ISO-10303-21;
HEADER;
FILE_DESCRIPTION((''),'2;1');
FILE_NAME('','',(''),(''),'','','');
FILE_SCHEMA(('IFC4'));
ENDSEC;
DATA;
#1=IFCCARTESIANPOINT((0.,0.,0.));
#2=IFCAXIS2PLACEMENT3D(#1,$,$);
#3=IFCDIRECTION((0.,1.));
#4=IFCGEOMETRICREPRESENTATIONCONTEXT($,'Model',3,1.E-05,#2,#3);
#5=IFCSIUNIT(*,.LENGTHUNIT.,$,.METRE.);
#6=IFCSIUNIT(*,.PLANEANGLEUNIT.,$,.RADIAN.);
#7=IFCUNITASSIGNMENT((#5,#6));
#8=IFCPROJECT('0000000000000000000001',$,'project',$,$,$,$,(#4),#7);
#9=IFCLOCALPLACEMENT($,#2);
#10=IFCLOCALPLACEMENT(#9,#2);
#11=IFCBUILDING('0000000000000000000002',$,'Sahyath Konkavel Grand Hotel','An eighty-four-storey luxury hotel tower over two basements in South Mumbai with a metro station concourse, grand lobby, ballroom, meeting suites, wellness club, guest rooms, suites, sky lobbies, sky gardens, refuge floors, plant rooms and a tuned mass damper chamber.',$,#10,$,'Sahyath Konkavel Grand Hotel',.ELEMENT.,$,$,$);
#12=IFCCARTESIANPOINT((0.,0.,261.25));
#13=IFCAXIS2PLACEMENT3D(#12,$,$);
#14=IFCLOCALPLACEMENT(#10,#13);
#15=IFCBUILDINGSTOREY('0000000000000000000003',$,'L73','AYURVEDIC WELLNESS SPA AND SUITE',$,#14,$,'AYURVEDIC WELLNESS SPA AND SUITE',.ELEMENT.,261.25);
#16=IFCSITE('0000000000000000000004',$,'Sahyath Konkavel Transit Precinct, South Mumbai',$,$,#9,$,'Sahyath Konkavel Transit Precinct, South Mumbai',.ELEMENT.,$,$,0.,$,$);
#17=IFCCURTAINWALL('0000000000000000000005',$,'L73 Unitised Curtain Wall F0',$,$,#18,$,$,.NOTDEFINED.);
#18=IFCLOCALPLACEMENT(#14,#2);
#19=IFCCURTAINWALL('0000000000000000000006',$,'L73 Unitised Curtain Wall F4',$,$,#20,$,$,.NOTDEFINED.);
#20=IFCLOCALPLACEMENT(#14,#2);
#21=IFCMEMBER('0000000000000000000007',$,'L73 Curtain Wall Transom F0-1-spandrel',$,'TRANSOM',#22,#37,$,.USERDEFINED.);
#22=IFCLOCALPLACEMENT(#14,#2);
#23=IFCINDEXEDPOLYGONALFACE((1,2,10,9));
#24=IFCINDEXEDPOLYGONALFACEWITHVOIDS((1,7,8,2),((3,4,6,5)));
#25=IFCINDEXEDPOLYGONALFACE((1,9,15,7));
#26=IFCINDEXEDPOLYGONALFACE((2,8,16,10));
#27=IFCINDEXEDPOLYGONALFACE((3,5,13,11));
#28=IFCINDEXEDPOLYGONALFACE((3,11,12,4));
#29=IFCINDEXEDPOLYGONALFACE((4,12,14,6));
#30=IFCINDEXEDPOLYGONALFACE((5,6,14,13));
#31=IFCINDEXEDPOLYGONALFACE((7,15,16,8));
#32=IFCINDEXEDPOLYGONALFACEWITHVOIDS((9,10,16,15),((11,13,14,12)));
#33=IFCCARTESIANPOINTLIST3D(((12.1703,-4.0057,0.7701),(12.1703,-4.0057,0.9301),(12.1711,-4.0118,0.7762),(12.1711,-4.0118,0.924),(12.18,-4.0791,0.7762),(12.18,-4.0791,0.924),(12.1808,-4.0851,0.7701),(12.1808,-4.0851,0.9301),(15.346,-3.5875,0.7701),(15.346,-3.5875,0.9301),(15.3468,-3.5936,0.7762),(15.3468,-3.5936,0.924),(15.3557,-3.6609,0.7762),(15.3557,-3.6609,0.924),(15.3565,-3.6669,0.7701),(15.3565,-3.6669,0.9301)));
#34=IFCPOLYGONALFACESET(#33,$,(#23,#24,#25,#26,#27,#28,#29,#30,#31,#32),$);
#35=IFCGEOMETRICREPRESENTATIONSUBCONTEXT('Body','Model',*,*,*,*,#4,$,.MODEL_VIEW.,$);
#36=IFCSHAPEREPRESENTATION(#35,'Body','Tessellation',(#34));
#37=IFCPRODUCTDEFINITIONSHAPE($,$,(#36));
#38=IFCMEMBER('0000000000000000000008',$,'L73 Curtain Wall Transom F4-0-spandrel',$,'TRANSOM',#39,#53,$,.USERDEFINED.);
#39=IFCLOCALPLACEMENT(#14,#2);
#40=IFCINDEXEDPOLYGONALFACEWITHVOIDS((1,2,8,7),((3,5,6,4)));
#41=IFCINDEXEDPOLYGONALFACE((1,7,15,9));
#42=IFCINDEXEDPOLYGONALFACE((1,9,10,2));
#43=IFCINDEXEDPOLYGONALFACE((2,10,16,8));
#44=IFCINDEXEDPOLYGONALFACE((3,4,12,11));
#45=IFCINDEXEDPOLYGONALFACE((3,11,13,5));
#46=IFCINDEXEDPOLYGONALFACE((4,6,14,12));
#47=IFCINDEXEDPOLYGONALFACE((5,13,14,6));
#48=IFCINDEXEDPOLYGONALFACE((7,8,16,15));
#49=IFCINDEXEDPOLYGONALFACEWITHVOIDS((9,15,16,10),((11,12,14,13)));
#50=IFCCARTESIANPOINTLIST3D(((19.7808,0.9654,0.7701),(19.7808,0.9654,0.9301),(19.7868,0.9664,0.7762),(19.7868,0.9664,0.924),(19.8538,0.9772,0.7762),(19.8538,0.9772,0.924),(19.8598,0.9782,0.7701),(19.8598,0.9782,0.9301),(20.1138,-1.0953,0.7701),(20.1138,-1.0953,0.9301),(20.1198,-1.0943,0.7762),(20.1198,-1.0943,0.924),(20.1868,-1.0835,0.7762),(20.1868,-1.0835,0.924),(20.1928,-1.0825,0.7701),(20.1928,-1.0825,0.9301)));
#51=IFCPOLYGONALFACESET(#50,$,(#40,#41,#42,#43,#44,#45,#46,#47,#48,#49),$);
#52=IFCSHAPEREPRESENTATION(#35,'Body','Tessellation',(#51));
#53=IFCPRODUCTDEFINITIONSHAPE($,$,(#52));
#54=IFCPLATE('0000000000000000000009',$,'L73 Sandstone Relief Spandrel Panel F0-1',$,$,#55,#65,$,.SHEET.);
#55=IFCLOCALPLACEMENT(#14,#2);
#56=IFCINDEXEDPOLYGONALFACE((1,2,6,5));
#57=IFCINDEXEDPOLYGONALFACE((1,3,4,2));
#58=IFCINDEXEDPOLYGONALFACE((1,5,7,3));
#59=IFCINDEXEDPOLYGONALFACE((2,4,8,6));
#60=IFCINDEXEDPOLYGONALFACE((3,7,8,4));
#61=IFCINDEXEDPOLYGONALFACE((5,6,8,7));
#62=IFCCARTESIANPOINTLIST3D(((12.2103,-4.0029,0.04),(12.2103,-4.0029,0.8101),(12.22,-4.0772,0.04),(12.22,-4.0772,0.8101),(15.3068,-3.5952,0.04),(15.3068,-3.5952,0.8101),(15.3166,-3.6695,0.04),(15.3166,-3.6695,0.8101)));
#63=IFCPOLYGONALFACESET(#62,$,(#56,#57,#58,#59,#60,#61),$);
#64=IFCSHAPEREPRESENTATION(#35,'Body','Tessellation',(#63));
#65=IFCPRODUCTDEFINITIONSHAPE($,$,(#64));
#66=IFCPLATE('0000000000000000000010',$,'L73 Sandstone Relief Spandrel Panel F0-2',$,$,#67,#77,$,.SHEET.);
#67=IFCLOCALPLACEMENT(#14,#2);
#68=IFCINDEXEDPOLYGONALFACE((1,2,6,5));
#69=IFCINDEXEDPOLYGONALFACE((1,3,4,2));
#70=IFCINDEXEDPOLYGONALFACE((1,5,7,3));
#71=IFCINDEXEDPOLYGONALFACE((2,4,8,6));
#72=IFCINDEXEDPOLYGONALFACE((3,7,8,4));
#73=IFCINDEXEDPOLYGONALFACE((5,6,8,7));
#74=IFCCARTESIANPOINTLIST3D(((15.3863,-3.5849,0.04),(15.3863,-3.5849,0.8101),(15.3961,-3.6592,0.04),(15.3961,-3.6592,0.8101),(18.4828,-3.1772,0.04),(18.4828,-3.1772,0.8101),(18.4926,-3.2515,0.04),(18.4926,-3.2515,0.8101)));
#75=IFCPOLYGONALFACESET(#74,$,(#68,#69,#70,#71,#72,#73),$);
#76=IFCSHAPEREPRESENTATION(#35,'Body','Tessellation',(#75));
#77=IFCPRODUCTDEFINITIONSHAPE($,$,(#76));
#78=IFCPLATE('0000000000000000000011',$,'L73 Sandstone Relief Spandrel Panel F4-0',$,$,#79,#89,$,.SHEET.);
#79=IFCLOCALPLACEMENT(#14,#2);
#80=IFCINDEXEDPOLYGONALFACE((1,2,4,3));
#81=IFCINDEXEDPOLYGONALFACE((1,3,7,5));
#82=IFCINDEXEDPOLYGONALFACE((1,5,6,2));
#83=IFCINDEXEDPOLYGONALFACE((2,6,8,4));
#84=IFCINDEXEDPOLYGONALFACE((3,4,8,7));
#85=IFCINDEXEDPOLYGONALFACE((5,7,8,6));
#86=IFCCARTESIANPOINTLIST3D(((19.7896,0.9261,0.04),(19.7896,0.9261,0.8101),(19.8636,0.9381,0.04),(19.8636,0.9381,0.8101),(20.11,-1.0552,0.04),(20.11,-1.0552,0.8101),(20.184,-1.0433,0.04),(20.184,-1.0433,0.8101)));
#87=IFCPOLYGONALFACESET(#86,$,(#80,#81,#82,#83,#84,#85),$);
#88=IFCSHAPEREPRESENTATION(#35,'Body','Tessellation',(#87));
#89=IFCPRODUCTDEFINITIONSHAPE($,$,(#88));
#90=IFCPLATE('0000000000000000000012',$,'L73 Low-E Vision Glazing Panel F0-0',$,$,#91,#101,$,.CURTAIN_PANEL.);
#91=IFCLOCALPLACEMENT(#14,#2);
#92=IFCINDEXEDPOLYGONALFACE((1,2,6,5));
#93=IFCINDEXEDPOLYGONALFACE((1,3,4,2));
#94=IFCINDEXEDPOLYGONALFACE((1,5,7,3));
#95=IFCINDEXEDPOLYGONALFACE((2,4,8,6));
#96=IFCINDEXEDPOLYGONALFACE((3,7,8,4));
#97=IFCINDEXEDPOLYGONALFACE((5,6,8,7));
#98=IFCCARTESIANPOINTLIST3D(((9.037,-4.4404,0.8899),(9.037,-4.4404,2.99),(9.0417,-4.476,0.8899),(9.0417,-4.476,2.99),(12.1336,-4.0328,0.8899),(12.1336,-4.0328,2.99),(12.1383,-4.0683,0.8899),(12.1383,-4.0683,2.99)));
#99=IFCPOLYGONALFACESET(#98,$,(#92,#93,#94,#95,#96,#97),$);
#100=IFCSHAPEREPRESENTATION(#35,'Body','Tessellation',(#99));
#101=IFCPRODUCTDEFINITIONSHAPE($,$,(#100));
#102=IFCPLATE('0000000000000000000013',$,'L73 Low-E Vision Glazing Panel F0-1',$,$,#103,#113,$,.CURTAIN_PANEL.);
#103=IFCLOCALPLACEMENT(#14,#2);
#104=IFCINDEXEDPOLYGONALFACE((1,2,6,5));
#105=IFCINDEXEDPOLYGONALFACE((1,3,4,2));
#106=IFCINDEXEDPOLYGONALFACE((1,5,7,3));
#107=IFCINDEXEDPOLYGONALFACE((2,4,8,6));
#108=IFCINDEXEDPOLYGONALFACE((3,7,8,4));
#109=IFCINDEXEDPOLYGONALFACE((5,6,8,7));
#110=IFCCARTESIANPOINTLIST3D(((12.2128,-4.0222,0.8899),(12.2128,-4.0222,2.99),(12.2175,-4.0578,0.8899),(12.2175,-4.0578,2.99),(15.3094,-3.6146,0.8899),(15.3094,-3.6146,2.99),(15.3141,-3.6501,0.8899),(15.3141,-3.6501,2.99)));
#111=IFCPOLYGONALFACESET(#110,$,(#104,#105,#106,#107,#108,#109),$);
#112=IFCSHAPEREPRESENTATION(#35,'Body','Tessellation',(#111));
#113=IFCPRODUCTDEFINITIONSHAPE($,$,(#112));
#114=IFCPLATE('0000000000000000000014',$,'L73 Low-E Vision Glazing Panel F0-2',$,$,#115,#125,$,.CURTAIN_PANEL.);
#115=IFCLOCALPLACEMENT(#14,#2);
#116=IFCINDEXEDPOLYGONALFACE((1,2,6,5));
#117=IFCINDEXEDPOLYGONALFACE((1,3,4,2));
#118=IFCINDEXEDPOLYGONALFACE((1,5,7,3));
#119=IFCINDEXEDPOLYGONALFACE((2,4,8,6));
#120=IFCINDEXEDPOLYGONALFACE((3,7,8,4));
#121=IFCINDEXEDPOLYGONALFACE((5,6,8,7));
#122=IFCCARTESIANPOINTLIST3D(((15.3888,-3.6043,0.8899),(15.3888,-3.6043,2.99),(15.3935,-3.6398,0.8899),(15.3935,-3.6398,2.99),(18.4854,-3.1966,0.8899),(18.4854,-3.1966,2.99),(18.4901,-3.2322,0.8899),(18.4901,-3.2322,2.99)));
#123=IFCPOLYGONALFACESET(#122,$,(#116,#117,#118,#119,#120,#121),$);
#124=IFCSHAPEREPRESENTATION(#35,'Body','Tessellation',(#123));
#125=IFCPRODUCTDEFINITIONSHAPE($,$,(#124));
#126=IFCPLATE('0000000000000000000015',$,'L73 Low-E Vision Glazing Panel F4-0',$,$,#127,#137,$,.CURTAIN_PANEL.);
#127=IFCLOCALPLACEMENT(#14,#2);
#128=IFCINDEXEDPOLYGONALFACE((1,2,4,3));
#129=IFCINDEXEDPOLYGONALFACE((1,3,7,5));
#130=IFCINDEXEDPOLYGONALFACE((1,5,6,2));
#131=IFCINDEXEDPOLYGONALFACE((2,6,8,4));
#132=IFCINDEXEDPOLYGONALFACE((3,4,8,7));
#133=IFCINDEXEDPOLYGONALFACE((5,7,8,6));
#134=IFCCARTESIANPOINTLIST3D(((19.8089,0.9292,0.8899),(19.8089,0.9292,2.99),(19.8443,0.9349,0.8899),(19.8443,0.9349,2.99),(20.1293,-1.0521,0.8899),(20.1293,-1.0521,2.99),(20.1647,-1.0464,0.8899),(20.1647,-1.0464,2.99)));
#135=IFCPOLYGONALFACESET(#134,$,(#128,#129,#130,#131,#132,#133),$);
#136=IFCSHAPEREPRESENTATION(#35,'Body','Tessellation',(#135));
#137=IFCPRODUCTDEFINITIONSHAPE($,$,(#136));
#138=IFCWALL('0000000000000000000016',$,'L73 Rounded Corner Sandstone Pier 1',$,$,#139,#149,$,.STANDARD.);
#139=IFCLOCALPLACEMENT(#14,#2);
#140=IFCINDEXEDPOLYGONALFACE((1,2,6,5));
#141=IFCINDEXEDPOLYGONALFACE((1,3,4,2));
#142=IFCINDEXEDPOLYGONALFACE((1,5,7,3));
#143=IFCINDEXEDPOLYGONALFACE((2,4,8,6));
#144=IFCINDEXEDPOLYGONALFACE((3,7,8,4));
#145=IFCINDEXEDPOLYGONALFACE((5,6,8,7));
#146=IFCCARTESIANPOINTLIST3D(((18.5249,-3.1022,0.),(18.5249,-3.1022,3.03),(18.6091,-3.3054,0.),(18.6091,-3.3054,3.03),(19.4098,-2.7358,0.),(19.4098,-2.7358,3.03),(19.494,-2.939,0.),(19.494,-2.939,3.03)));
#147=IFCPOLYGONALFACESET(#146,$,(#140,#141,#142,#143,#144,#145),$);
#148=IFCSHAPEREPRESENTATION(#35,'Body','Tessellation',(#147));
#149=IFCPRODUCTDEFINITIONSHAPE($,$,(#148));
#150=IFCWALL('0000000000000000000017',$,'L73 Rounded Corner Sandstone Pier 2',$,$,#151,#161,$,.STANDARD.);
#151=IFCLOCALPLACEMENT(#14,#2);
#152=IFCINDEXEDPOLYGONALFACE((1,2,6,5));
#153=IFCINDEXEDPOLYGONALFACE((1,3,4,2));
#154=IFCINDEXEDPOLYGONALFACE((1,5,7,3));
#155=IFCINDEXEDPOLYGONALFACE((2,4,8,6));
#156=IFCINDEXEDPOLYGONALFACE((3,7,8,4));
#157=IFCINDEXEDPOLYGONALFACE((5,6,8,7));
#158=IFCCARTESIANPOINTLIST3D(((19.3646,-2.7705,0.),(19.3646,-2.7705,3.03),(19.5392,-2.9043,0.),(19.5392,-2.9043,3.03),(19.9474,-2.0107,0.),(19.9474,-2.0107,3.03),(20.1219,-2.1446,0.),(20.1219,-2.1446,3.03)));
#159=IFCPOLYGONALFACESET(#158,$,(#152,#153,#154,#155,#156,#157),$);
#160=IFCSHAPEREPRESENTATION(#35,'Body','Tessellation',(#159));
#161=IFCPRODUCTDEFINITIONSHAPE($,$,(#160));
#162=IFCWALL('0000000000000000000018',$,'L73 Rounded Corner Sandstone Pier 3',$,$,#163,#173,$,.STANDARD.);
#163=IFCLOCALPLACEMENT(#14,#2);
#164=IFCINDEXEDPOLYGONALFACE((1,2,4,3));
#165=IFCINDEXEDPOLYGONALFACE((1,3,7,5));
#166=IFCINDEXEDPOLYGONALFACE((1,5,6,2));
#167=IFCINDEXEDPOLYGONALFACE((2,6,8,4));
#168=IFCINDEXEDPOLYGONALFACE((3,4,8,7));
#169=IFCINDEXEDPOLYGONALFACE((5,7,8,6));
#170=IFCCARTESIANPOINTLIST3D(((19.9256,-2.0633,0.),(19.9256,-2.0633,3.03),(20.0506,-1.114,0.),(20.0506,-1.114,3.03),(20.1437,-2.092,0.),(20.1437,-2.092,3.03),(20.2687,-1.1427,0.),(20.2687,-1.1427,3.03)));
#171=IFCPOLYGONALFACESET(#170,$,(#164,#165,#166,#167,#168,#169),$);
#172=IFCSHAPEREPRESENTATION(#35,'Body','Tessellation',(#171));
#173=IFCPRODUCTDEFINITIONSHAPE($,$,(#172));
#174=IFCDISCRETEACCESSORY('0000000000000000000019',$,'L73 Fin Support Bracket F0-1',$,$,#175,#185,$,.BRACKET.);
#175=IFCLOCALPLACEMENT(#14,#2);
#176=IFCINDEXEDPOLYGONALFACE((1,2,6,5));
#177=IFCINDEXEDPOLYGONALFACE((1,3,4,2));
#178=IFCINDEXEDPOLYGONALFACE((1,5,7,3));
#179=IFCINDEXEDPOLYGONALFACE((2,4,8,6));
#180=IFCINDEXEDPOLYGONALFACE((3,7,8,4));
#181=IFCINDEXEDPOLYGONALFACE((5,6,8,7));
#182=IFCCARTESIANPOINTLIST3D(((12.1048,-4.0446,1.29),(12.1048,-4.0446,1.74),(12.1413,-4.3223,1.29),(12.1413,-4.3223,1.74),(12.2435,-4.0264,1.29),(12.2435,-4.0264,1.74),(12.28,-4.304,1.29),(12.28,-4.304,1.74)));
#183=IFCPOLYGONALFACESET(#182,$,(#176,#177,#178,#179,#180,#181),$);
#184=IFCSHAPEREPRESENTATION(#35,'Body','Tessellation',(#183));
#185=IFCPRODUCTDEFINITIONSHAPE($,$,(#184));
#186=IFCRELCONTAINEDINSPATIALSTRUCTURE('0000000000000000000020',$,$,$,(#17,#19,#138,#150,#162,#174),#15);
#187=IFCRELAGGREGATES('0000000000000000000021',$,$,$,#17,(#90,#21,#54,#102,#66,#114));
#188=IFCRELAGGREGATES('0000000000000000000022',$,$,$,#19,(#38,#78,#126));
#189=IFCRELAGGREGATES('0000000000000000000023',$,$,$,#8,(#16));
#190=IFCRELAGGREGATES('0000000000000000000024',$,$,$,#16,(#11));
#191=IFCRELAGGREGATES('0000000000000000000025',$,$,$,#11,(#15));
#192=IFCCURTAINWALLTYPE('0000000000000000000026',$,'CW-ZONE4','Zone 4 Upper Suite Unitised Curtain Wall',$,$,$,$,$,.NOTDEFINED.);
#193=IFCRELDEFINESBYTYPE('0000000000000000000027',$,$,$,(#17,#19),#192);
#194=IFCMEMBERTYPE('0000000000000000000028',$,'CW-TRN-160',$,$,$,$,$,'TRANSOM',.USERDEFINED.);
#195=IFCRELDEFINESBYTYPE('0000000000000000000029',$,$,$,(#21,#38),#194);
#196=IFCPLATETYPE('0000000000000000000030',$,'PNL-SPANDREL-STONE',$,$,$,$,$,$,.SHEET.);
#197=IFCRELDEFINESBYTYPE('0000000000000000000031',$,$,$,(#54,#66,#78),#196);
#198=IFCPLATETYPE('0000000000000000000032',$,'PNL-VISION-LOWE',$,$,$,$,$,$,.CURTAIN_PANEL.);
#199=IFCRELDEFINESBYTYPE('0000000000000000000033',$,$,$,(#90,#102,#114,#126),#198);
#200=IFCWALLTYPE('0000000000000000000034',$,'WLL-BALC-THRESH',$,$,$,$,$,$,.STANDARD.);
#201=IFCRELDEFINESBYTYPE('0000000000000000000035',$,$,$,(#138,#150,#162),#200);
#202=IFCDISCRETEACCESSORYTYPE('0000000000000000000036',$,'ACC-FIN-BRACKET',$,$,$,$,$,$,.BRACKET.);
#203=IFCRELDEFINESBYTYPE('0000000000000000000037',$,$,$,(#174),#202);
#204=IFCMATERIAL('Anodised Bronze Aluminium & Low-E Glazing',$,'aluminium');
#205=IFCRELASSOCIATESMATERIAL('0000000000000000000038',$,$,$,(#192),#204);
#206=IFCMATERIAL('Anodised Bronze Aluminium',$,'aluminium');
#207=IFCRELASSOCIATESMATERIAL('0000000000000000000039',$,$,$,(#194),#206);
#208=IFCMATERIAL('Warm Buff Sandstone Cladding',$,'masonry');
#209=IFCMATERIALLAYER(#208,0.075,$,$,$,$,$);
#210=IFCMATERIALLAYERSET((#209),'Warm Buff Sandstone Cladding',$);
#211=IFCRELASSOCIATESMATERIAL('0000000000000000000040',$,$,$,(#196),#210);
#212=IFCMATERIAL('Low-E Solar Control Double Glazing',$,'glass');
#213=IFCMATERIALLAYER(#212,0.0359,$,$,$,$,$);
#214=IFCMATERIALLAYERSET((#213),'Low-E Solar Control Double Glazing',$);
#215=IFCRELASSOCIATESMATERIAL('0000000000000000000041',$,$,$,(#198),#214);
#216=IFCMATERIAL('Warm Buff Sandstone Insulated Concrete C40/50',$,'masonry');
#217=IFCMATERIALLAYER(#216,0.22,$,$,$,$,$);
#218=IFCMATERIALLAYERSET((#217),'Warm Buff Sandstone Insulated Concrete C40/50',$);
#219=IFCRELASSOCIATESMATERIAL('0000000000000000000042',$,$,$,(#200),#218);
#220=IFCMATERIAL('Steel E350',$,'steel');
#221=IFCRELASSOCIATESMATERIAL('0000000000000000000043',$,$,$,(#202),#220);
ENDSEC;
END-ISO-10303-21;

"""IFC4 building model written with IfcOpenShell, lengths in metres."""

from ifc_helpers import new_model, si_unit, direction, frame, frame_2d, origin, origin_2d, place, context, subcontext, project, spatial, rectangle, hollow_rectangle, extrude, source, transform, mapped, material, layer, layer_set, material_profile, profile_set, type_object, element, aggregate, save


model = new_model("IFC4")

# Units and contexts
model_context = context("Model", 3, precision=1e-05, world=origin(), true_north=direction((0.0, 1.0)))
body_context = subcontext(model_context, "Body", "Model", "MODEL_VIEW")
ifc_project = project(units=[si_unit("LENGTHUNIT", "METRE"), si_unit("PLANEANGLEUNIT", "RADIAN")], contexts=[model_context])

# Site, building, storey
site_placement = place(None, origin())
site = spatial("IfcSite", under=ifc_project, at=site_placement, Name="Sahyath Konkavel Transit Precinct, South Mumbai", LongName="Sahyath Konkavel Transit Precinct, South Mumbai", CompositionType="ELEMENT", RefElevation=0.0)
building_placement = place(site_placement, origin())
building = spatial("IfcBuilding", under=site, at=building_placement, Name="Sahyath Konkavel Grand Hotel", Description="An eighty-four-storey luxury hotel tower over two basements in South Mumbai with a metro station concourse, grand lobby, ballroom, meeting suites, wellness club, guest rooms, suites, sky lobbies, sky gardens, refuge floors, plant rooms and a tuned mass damper chamber.", LongName="Sahyath Konkavel Grand Hotel", CompositionType="ELEMENT")
storey_placement = place(building_placement, frame((0.0, 0.0, 261.25)))
storey = spatial("IfcBuildingStorey", under=building, at=storey_placement, Name="L73", Description="AYURVEDIC WELLNESS SPA AND SUITE", LongName="AYURVEDIC WELLNESS SPA AND SUITE", CompositionType="ELEMENT", Elevation=261.25)

# Shared definitions
ifc_material_1 = material(Name="Steel E350", Category="steel")

# Curtain wall
ifc_material_2 = material(Name="Anodised Bronze Aluminium & Low-E Glazing", Category="aluminium")
curtain_wall_type = type_object("IfcCurtainWallType", Name="CW-ZONE4", Description="Zone 4 Upper Suite Unitised Curtain Wall", PredefinedType="NOTDEFINED", material=ifc_material_2)
curtain_wall_1_placement = place(storey_placement, origin())
curtain_wall_1 = element("IfcCurtainWall", 1, at=curtain_wall_1_placement, inside=storey, type_object=curtain_wall_type, Name="L73 Unitised Curtain Wall F0", PredefinedType="NOTDEFINED")
ifc_material_3 = material(Name="Anodised Bronze Aluminium", Category="aluminium")

# Curtain wall
curtain_wall_2_placement = place(storey_placement, origin())
curtain_wall_2 = element("IfcCurtainWall", 2, at=curtain_wall_2_placement, inside=storey, type_object=curtain_wall_type, Name="L73 Unitised Curtain Wall F4", PredefinedType="NOTDEFINED")

# Members
ifc_material_profile_1 = material_profile(ifc_material_3, hollow_rectangle(XDim=0.0801, YDim=0.1599, WallThickness=0.0061, at=origin_2d()), Name="RHS 160x80x6")
ifc_profile_set_1 = profile_set([ifc_material_profile_1], Name="Anodised Bronze Aluminium")
member_type_1 = type_object("IfcMemberType", Name="CW-TRN-160", ElementType="TRANSOM", PredefinedType="USERDEFINED", material=ifc_profile_set_1)
shared_shape_1 = source(origin(), body_context, "Body", "SweptSolid", [
    extrude(hollow_rectangle(XDim=0.0801, YDim=0.1599, WallThickness=0.0061, at=origin_2d()), origin(), (0.0, 0.0, 1.0), 3.2031),
])
member_1_placement = place(storey_placement, frame((12.1755, -4.0454, 0.8501), z_axis=(0.99144, 0.130561, 0.0), x_axis=(-0.130561, 0.99144, 0.0)))
member_1 = element("IfcMember", 3, at=member_1_placement, type_object=member_type_1, Name="L73 Curtain Wall Transom F0-1-spandrel", ObjectType="TRANSOM", PredefinedType="USERDEFINED", context=body_context, shape_type="MappedRepresentation", body=[
    mapped(shared_shape_1, transform((0.0, 0.0, 0.0), scale=1.0)),
])
shared_shape_2 = source(origin(), body_context, "Body", "SweptSolid", [
    extrude(hollow_rectangle(XDim=0.0801, YDim=0.1599, WallThickness=0.0061, at=origin_2d()), origin(), (0.0, 0.0, 1.0), 2.0874),
])
member_2_placement = place(storey_placement, frame((20.1533, -1.0889, 0.8501), z_axis=(-0.159541, 0.987191, 0.0), x_axis=(-0.987191, -0.159541, 0.0)))
member_2 = element("IfcMember", 4, at=member_2_placement, type_object=member_type_1, Name="L73 Curtain Wall Transom F4-0-spandrel", ObjectType="TRANSOM", PredefinedType="USERDEFINED", context=body_context, shape_type="MappedRepresentation", body=[
    mapped(shared_shape_2, transform((0.0, 0.0, 0.0), scale=1.0)),
])

# Plates
ifc_material_4 = material(Name="Warm Buff Sandstone Cladding", Category="masonry")
ifc_layer_1 = layer(ifc_material_4, 0.075)
ifc_layer_set_1 = layer_set([ifc_layer_1], Name="Warm Buff Sandstone Cladding")
plate_type_1 = type_object("IfcPlateType", Name="PNL-SPANDREL-STONE", PredefinedType="SHEET", material=ifc_layer_set_1)
shared_shape_3 = source(origin(), body_context, "Body", "SweptSolid", [
    extrude(rectangle(XDim=3.1233, YDim=0.075, at=origin_2d()), origin(), (0.0, 0.0, 1.0), 0.77),
])
plate_1_placement = place(storey_placement, frame((13.7634, -3.8362, 0.04), z_axis=(0.0, 0.0, 1.0), x_axis=(0.991445, 0.130526, 0.0)))
plate_1 = element("IfcPlate", 5, at=plate_1_placement, type_object=plate_type_1, Name="L73 Sandstone Relief Spandrel Panel F0-1", PredefinedType="SHEET", context=body_context, shape_type="MappedRepresentation", body=[
    mapped(shared_shape_3, transform((0.0, 0.0, 0.0), scale=1.0)),
])
plate_2_placement = place(storey_placement, frame((16.9395, -3.4182, 0.04), z_axis=(0.0, 0.0, 1.0), x_axis=(0.991445, 0.130526, 0.0)))
plate_2 = element("IfcPlate", 6, at=plate_2_placement, type_object=plate_type_1, Name="L73 Sandstone Relief Spandrel Panel F0-2", PredefinedType="SHEET", context=body_context, shape_type="MappedRepresentation", body=[
    mapped(shared_shape_3, transform((0.0, 0.0, 0.0), scale=1.0)),
])
shared_shape_4 = source(origin(), body_context, "Body", "SweptSolid", [
    extrude(rectangle(XDim=2.0071, YDim=0.075, at=origin_2d()), origin(), (0.0, 0.0, 1.0), 0.77),
])
plate_3_placement = place(storey_placement, frame((19.9868, -0.0586, 0.04), z_axis=(0.0, 0.0, 1.0), x_axis=(-0.159623, 0.987178, 0.0)))
plate_3 = element("IfcPlate", 7, at=plate_3_placement, type_object=plate_type_1, Name="L73 Sandstone Relief Spandrel Panel F4-0", PredefinedType="SHEET", context=body_context, shape_type="MappedRepresentation", body=[
    mapped(shared_shape_4, transform((0.0, 0.0, 0.0), scale=1.0)),
])
ifc_material_5 = material(Name="Low-E Solar Control Double Glazing", Category="glass")
ifc_layer_2 = layer(ifc_material_5, 0.0359)
ifc_layer_set_2 = layer_set([ifc_layer_2], Name="Low-E Solar Control Double Glazing")
plate_type_2 = type_object("IfcPlateType", Name="PNL-VISION-LOWE", PredefinedType="CURTAIN_PANEL", material=ifc_layer_set_2)
shared_shape_5 = source(origin(), body_context, "Body", "SweptSolid", [
    extrude(rectangle(XDim=3.1233, YDim=0.0359, at=origin_2d()), origin(), (0.0, 0.0, 1.0), 2.1001),
])
plate_4_placement = place(storey_placement, frame((10.5876, -4.2544, 0.8899), z_axis=(0.0, 0.0, 1.0), x_axis=(0.991445, 0.130526, 0.0)))
plate_4 = element("IfcPlate", 8, at=plate_4_placement, type_object=plate_type_2, Name="L73 Low-E Vision Glazing Panel F0-0", PredefinedType="CURTAIN_PANEL", context=body_context, shape_type="MappedRepresentation", body=[
    mapped(shared_shape_5, transform((0.0, 0.0, 0.0), scale=1.0)),
])
plate_5_placement = place(storey_placement, frame((13.7634, -3.8362, 0.8899), z_axis=(0.0, 0.0, 1.0), x_axis=(0.991445, 0.130526, 0.0)))
plate_5 = element("IfcPlate", 9, at=plate_5_placement, type_object=plate_type_2, Name="L73 Low-E Vision Glazing Panel F0-1", PredefinedType="CURTAIN_PANEL", context=body_context, shape_type="MappedRepresentation", body=[
    mapped(shared_shape_5, transform((0.0, 0.0, 0.0), scale=1.0)),
])
plate_6_placement = place(storey_placement, frame((16.9395, -3.4182, 0.8899), z_axis=(0.0, 0.0, 1.0), x_axis=(0.991445, 0.130526, 0.0)))
plate_6 = element("IfcPlate", 10, at=plate_6_placement, type_object=plate_type_2, Name="L73 Low-E Vision Glazing Panel F0-2", PredefinedType="CURTAIN_PANEL", context=body_context, shape_type="MappedRepresentation", body=[
    mapped(shared_shape_5, transform((0.0, 0.0, 0.0), scale=1.0)),
])
aggregate(curtain_wall_1, [plate_4, member_1, plate_1, plate_5, plate_2, plate_6])
shared_shape_6 = source(origin(), body_context, "Body", "SweptSolid", [
    extrude(rectangle(XDim=2.0071, YDim=0.0359, at=origin_2d()), origin(), (0.0, 0.0, 1.0), 2.1001),
])
plate_7_placement = place(storey_placement, frame((19.9868, -0.0586, 0.8899), z_axis=(0.0, 0.0, 1.0), x_axis=(-0.159623, 0.987178, 0.0)))
plate_7 = element("IfcPlate", 11, at=plate_7_placement, type_object=plate_type_2, Name="L73 Low-E Vision Glazing Panel F4-0", PredefinedType="CURTAIN_PANEL", context=body_context, shape_type="MappedRepresentation", body=[
    mapped(shared_shape_6, transform((0.0, 0.0, 0.0), scale=1.0)),
])
aggregate(curtain_wall_2, [member_2, plate_3, plate_7])

# Walls
ifc_material_6 = material(Name="Warm Buff Sandstone Insulated Concrete C40/50", Category="masonry")
ifc_layer_3 = layer(ifc_material_6, 0.22)
ifc_layer_set_3 = layer_set([ifc_layer_3], Name="Warm Buff Sandstone Insulated Concrete C40/50")
wall_type = type_object("IfcWallType", Name="WLL-BALC-THRESH", PredefinedType="STANDARD", material=ifc_layer_set_3)
wall_placement = place(storey_placement, frame((18.5669, -3.2039, 0.0), z_axis=(0.0, 0.0, 1.0), x_axis=(0.923927, 0.382569, 0.0)))
element("IfcWall", 12, at=wall_placement, inside=storey, type_object=wall_type, Name="L73 Rounded Corner Sandstone Pier 1", PredefinedType="STANDARD", context=body_context, shape_type="SweptSolid", body=[
    extrude(rectangle(XDim=0.9578, YDim=0.22, at=frame_2d((0.479, 0.0))), origin(), (0.0, 0.0, 1.0), 3.03),
])
for number, where, z_axis, x_axis, name in (
    (13, (19.4519, -2.8374, 0.0), (0.0, 0.0, 1.0), (0.608614, 0.793467, 0.0), "L73 Rounded Corner Sandstone Pier 2"),
    (14, (20.0347, -2.0776, 0.0), (0.0, 0.0, 1.0), (0.13056, 0.99144, 0.0), "L73 Rounded Corner Sandstone Pier 3"),
):
    element("IfcWall", number, at=place(storey_placement, frame(where, z_axis=z_axis, x_axis=x_axis)), inside=storey, type_object=wall_type, Name=name, PredefinedType="STANDARD", context=body_context, shape_type="SweptSolid", body=[
        extrude(rectangle(XDim=0.9575, YDim=0.22, at=frame_2d((0.4788, 0.0))), origin(), (0.0, 0.0, 1.0), 3.03),
    ])

# Discrete accessory
discrete_accessory_type = type_object("IfcDiscreteAccessoryType", Name="ACC-FIN-BRACKET", PredefinedType="BRACKET", material=ifc_material_1)
shared_shape_7 = source(origin(), body_context, "Body", "SweptSolid", [
    extrude(rectangle(XDim=0.28, YDim=0.1399, at=origin_2d()), origin(), (0.0, 0.0, 1.0), 0.45),
])
discrete_accessory_placement = place(storey_placement, frame((12.1924, -4.1743, 1.29), z_axis=(0.0, 0.0, 1.0), x_axis=(0.130526, -0.991445, 0.0)))
element("IfcDiscreteAccessory", 15, at=discrete_accessory_placement, inside=storey, type_object=discrete_accessory_type, Name="L73 Fin Support Bracket F0-1", PredefinedType="BRACKET", context=body_context, shape_type="MappedRepresentation", body=[
    mapped(shared_shape_7, transform((0.0, 0.0, 0.0), scale=1.0)),
])

save(model, "model.ifc")
